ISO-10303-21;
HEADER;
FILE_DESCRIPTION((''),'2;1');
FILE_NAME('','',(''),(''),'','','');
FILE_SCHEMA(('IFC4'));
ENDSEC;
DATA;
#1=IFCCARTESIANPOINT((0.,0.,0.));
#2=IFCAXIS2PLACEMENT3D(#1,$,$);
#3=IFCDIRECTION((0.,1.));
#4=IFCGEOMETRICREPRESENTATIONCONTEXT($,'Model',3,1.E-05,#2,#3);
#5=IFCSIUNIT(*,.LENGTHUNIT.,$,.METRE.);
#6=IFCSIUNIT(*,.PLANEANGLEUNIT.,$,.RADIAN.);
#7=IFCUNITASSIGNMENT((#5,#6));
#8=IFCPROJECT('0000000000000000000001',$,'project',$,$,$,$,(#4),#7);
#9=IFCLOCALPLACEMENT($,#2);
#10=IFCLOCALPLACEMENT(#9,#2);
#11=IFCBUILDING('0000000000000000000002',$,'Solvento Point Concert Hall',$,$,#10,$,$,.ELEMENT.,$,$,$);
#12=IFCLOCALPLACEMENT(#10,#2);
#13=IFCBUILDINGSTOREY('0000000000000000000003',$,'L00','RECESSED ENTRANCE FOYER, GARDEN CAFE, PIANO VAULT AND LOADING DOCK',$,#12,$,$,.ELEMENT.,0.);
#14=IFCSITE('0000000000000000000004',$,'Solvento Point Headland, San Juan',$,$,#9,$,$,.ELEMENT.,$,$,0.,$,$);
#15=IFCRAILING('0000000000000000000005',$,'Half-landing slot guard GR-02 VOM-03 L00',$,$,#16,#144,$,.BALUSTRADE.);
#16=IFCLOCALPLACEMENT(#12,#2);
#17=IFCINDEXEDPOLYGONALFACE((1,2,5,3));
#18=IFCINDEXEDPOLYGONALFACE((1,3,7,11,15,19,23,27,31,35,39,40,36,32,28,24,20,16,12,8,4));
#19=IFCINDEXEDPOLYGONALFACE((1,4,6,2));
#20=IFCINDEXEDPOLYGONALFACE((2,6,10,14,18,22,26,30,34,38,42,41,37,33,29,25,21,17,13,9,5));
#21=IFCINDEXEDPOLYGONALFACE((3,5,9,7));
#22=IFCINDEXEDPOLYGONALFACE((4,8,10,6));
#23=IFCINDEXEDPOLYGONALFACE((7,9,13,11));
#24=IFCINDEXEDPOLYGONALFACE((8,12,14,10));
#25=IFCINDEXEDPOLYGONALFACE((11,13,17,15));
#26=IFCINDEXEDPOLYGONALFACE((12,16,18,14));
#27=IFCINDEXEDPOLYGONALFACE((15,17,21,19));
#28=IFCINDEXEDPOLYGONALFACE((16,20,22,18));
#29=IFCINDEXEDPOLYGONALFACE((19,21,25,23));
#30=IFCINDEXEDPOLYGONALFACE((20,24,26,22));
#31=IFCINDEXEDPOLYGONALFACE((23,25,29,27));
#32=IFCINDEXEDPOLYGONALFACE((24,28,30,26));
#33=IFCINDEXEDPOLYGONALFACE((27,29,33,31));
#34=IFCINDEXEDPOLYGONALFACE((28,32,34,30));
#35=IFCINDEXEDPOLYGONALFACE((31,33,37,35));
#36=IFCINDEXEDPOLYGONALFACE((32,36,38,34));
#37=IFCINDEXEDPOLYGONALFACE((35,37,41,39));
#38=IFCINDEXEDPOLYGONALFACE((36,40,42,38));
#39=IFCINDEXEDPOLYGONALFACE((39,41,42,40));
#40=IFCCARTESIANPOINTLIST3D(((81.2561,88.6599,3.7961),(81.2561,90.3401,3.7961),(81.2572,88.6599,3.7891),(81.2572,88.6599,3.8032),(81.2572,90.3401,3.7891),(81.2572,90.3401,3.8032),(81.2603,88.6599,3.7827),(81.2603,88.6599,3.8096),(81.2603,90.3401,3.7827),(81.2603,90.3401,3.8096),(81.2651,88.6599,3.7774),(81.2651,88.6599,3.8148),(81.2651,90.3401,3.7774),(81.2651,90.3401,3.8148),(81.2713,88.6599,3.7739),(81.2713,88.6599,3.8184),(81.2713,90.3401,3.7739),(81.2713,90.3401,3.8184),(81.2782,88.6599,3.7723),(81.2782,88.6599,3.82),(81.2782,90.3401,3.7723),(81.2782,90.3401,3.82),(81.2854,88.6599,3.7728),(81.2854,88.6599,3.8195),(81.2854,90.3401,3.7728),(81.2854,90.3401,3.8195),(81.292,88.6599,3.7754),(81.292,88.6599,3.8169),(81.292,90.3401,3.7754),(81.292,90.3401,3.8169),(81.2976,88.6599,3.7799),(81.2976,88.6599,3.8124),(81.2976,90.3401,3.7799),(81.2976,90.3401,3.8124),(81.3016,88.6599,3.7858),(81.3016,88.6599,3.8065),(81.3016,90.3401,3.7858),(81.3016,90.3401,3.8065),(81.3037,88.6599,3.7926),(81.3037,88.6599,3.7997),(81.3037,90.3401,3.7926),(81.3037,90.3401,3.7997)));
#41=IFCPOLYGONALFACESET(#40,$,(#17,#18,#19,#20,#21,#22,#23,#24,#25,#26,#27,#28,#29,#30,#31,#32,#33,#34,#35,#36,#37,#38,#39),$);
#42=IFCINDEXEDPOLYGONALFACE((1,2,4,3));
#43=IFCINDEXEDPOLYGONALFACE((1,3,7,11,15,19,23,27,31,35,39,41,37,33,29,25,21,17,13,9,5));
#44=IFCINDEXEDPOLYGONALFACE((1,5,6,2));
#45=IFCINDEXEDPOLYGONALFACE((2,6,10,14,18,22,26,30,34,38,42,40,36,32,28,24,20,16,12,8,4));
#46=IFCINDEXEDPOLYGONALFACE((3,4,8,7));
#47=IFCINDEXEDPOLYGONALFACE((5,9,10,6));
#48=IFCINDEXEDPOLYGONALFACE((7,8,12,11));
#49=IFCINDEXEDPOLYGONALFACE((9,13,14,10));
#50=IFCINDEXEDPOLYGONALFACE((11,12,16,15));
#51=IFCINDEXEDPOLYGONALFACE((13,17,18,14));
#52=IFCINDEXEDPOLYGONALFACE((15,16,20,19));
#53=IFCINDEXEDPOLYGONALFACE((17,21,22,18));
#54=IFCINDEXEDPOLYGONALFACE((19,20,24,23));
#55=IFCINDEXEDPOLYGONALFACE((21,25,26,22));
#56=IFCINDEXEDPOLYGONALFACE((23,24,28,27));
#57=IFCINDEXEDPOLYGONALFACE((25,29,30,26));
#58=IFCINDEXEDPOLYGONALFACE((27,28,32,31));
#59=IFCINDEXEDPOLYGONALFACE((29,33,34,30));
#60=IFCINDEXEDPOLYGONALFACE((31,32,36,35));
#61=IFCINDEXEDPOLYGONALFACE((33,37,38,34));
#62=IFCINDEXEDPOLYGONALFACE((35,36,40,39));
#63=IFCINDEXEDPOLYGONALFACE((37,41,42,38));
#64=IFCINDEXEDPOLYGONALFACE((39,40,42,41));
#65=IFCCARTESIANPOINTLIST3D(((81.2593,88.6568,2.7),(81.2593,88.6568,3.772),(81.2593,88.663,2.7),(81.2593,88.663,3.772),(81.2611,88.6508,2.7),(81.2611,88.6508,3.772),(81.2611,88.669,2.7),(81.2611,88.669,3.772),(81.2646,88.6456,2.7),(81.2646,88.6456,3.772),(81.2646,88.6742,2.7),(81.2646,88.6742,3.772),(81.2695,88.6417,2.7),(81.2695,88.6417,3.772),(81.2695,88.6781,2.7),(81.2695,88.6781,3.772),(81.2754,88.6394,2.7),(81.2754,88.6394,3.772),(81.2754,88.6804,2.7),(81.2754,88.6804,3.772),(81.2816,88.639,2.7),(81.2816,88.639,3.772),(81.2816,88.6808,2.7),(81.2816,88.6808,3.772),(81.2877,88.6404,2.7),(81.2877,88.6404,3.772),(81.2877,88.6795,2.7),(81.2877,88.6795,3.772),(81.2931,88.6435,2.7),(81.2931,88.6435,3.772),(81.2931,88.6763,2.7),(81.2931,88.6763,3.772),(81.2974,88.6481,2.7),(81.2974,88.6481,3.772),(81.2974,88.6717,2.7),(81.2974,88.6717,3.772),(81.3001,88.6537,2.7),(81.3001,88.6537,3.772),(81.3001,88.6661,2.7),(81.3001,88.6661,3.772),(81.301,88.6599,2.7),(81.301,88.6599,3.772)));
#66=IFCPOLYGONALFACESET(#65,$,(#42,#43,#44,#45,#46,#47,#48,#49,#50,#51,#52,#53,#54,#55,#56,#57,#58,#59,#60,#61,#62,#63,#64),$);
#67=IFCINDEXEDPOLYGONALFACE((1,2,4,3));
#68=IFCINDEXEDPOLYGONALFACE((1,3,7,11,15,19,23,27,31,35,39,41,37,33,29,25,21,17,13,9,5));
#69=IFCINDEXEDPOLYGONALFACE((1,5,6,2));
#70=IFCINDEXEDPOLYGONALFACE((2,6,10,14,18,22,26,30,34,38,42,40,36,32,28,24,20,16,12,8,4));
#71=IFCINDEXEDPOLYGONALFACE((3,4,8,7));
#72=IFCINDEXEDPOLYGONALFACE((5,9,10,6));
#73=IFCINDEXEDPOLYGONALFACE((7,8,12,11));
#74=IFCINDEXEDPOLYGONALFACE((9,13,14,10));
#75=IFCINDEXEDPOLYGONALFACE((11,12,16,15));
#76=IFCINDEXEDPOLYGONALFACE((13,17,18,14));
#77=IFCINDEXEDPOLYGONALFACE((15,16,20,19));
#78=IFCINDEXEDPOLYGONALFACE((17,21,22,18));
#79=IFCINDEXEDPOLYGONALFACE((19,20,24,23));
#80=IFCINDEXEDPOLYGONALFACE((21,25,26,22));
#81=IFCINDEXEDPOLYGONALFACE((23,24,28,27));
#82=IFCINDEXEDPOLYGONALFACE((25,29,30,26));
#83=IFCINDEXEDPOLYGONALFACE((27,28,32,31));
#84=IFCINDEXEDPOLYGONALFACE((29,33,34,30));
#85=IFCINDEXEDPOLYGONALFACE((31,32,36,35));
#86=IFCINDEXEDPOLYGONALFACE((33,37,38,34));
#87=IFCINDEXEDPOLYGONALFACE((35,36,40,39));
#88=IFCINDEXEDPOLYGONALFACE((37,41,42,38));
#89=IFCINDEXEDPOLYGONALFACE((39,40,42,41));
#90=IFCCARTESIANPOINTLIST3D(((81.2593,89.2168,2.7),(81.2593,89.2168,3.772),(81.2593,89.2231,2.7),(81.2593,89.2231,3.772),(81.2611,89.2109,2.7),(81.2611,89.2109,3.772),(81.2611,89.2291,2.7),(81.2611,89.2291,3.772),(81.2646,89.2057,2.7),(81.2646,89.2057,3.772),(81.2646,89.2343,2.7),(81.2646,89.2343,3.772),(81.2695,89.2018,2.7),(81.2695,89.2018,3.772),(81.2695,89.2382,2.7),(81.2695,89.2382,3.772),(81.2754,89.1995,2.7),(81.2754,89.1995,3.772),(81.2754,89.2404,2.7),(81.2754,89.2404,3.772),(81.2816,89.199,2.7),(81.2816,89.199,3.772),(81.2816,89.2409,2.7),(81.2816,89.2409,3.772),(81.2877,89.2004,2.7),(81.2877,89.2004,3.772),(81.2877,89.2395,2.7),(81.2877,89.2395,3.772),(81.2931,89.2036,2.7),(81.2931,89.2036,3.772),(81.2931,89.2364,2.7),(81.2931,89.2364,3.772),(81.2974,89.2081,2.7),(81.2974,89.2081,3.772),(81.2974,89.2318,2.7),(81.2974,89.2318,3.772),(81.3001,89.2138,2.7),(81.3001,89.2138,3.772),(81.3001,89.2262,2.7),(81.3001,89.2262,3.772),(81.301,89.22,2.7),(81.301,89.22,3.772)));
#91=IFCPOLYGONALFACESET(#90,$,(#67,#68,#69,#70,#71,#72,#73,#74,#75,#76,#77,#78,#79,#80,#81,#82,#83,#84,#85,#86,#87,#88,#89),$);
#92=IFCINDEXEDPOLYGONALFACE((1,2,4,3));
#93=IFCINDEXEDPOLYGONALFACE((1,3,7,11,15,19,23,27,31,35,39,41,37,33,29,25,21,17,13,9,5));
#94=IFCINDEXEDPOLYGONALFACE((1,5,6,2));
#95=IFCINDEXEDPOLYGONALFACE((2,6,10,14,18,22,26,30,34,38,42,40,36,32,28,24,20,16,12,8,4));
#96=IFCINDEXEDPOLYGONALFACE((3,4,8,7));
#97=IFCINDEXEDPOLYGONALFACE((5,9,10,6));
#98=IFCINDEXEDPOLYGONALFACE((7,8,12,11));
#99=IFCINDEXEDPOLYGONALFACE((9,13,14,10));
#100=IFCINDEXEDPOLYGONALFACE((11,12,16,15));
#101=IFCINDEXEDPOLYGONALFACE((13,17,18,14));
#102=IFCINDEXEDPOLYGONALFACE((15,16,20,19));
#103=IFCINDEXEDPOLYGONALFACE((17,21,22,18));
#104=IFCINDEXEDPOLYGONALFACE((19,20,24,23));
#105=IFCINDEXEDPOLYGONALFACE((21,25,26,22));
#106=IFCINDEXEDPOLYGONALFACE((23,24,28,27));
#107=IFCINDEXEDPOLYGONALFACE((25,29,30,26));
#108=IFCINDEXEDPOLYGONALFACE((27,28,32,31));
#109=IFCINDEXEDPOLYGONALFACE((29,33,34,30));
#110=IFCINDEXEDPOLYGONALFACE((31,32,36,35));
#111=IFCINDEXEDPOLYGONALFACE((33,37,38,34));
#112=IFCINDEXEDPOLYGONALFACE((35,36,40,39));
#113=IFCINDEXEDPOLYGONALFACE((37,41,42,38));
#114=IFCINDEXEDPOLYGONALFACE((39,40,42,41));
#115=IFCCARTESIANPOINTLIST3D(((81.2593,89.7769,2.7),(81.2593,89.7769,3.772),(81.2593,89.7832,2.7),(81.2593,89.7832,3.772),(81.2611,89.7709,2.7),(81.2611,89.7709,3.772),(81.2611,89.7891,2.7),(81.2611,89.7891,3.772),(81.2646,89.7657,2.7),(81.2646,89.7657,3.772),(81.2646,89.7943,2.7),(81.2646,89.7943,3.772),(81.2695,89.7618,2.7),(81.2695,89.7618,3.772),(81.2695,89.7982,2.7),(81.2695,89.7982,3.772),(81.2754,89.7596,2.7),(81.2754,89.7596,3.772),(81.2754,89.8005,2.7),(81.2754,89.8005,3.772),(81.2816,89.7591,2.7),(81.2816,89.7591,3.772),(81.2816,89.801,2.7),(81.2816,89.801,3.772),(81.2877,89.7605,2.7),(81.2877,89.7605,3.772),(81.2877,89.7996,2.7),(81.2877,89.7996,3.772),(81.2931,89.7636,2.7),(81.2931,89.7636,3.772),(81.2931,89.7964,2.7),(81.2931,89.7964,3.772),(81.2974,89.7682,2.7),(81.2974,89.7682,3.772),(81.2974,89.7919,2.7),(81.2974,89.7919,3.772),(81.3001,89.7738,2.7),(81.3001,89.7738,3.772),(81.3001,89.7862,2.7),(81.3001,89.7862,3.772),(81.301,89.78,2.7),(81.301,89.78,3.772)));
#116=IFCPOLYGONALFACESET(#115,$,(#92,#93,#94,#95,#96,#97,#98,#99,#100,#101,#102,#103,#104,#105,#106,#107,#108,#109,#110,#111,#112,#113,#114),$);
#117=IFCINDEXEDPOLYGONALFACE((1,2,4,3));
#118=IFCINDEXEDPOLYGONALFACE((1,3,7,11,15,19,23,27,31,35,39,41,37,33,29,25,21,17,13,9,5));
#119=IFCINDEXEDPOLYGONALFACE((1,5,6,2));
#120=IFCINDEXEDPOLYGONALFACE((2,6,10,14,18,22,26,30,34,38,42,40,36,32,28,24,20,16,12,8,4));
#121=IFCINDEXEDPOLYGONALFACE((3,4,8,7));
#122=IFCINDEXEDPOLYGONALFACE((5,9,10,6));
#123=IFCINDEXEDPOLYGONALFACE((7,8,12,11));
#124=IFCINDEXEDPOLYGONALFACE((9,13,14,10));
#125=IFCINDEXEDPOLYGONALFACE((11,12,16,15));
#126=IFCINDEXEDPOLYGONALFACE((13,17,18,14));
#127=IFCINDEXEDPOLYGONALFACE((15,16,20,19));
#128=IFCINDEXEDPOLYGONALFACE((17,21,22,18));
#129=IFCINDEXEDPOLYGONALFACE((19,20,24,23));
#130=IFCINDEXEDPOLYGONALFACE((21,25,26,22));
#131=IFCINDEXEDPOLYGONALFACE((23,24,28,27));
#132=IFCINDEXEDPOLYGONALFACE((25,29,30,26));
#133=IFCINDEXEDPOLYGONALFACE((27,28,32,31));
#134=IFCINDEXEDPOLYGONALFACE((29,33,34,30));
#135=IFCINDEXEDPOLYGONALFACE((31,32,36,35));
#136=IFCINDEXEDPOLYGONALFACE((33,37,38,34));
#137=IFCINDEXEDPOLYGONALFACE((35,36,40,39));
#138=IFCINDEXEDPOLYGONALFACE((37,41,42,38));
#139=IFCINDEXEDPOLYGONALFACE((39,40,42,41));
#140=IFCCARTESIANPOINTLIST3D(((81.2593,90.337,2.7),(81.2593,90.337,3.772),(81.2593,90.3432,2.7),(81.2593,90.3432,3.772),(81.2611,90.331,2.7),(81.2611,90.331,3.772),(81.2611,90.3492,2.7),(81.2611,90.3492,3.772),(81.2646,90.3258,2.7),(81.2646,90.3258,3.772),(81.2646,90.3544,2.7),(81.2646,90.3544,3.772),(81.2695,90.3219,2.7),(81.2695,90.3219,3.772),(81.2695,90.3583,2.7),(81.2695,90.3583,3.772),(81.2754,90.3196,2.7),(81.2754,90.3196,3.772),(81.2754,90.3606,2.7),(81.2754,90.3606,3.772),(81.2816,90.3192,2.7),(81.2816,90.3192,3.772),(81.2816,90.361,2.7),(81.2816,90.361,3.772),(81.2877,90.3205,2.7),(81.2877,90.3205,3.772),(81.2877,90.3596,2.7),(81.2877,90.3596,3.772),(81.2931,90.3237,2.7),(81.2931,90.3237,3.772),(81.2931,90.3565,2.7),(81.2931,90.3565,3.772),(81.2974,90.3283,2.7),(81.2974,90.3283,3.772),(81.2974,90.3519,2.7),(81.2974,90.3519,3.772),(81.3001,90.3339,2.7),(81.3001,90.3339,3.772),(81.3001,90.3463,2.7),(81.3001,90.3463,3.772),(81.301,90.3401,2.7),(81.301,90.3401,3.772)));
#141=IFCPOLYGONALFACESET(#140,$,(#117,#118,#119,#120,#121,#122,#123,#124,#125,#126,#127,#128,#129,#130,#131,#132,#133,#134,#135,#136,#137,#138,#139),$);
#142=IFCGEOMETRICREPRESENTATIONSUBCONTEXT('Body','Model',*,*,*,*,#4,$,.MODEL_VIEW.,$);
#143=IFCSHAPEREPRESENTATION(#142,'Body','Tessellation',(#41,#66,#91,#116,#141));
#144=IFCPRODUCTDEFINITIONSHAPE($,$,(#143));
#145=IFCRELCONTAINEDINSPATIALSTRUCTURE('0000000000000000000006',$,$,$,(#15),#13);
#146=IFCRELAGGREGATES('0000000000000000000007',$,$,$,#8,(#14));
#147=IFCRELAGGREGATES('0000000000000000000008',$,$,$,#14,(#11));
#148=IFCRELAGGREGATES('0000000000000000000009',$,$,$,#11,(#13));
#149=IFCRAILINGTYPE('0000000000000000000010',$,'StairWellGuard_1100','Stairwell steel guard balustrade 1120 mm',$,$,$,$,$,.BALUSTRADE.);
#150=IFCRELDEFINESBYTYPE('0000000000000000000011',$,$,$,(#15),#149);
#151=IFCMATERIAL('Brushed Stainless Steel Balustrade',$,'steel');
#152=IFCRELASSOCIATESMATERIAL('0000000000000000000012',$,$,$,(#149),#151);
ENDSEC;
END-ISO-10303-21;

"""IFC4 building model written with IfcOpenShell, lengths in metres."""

from ifc_helpers import new_model, si_unit, direction, frame, origin, origin_2d, place, context, subcontext, project, spatial, circle, extrude, material, type_object, element, save


model = new_model("IFC4")

# Units and contexts
model_context = context("Model", 3, precision=1e-05, world=origin(), true_north=direction((0.0, 1.0)))
body_context = subcontext(model_context, "Body", "Model", "MODEL_VIEW")
ifc_project = project(units=[si_unit("LENGTHUNIT", "METRE"), si_unit("PLANEANGLEUNIT", "RADIAN")], contexts=[model_context])

# Site, building, storey
site_placement = place(None, origin())
site = spatial("IfcSite", under=ifc_project, at=site_placement, Name="Solvento Point Headland, San Juan", CompositionType="ELEMENT", RefElevation=0.0)
building_placement = place(site_placement, origin())
building = spatial("IfcBuilding", under=site, at=building_placement, Name="Solvento Point Concert Hall", CompositionType="ELEMENT")
storey_placement = place(building_placement, origin())
storey = spatial("IfcBuildingStorey", under=building, at=storey_placement, Name="L00", Description="RECESSED ENTRANCE FOYER, GARDEN CAFE, PIANO VAULT AND LOADING DOCK", CompositionType="ELEMENT", Elevation=0.0)

# Railing
ifc_material_1 = material(Name="Brushed Stainless Steel Balustrade", Category="steel")
railing_type_1 = type_object("IfcRailingType", Name="StairWellGuard_1100", Description="Stairwell steel guard balustrade 1120 mm", PredefinedType="BALUSTRADE", material=ifc_material_1)
railing_1_placement = place(storey_placement, frame((81.28, 88.6599, 2.7)))
element("IfcRailing", 1, at=railing_1_placement, inside=storey, type_object=railing_type_1, Name="Half-landing slot guard GR-02 VOM-03 L00", PredefinedType="BALUSTRADE", context=body_context, shape_type="SweptSolid", body=[
    extrude(circle(Radius=0.0239, at=origin_2d()), frame((0.0, 0.0, 1.0962), z_axis=(0.0, 1.0, 0.0), x_axis=(-1.0, 0.0, 0.0)), (0.0, 0.0, 1.0), 1.6802),
    extrude(circle(Radius=0.021, at=origin_2d()), origin(), (0.0, 0.0, 1.0), 1.072),
    extrude(circle(Radius=0.021, at=origin_2d()), frame((0.0, 0.5601, 0.0)), (0.0, 0.0, 1.0), 1.072),
    extrude(circle(Radius=0.021, at=origin_2d()), frame((0.0, 1.1201, 0.0)), (0.0, 0.0, 1.0), 1.072),
    extrude(circle(Radius=0.021, at=origin_2d()), frame((0.0, 1.6802, 0.0)), (0.0, 0.0, 1.0), 1.072),
])

save(model, "model.ifc")
